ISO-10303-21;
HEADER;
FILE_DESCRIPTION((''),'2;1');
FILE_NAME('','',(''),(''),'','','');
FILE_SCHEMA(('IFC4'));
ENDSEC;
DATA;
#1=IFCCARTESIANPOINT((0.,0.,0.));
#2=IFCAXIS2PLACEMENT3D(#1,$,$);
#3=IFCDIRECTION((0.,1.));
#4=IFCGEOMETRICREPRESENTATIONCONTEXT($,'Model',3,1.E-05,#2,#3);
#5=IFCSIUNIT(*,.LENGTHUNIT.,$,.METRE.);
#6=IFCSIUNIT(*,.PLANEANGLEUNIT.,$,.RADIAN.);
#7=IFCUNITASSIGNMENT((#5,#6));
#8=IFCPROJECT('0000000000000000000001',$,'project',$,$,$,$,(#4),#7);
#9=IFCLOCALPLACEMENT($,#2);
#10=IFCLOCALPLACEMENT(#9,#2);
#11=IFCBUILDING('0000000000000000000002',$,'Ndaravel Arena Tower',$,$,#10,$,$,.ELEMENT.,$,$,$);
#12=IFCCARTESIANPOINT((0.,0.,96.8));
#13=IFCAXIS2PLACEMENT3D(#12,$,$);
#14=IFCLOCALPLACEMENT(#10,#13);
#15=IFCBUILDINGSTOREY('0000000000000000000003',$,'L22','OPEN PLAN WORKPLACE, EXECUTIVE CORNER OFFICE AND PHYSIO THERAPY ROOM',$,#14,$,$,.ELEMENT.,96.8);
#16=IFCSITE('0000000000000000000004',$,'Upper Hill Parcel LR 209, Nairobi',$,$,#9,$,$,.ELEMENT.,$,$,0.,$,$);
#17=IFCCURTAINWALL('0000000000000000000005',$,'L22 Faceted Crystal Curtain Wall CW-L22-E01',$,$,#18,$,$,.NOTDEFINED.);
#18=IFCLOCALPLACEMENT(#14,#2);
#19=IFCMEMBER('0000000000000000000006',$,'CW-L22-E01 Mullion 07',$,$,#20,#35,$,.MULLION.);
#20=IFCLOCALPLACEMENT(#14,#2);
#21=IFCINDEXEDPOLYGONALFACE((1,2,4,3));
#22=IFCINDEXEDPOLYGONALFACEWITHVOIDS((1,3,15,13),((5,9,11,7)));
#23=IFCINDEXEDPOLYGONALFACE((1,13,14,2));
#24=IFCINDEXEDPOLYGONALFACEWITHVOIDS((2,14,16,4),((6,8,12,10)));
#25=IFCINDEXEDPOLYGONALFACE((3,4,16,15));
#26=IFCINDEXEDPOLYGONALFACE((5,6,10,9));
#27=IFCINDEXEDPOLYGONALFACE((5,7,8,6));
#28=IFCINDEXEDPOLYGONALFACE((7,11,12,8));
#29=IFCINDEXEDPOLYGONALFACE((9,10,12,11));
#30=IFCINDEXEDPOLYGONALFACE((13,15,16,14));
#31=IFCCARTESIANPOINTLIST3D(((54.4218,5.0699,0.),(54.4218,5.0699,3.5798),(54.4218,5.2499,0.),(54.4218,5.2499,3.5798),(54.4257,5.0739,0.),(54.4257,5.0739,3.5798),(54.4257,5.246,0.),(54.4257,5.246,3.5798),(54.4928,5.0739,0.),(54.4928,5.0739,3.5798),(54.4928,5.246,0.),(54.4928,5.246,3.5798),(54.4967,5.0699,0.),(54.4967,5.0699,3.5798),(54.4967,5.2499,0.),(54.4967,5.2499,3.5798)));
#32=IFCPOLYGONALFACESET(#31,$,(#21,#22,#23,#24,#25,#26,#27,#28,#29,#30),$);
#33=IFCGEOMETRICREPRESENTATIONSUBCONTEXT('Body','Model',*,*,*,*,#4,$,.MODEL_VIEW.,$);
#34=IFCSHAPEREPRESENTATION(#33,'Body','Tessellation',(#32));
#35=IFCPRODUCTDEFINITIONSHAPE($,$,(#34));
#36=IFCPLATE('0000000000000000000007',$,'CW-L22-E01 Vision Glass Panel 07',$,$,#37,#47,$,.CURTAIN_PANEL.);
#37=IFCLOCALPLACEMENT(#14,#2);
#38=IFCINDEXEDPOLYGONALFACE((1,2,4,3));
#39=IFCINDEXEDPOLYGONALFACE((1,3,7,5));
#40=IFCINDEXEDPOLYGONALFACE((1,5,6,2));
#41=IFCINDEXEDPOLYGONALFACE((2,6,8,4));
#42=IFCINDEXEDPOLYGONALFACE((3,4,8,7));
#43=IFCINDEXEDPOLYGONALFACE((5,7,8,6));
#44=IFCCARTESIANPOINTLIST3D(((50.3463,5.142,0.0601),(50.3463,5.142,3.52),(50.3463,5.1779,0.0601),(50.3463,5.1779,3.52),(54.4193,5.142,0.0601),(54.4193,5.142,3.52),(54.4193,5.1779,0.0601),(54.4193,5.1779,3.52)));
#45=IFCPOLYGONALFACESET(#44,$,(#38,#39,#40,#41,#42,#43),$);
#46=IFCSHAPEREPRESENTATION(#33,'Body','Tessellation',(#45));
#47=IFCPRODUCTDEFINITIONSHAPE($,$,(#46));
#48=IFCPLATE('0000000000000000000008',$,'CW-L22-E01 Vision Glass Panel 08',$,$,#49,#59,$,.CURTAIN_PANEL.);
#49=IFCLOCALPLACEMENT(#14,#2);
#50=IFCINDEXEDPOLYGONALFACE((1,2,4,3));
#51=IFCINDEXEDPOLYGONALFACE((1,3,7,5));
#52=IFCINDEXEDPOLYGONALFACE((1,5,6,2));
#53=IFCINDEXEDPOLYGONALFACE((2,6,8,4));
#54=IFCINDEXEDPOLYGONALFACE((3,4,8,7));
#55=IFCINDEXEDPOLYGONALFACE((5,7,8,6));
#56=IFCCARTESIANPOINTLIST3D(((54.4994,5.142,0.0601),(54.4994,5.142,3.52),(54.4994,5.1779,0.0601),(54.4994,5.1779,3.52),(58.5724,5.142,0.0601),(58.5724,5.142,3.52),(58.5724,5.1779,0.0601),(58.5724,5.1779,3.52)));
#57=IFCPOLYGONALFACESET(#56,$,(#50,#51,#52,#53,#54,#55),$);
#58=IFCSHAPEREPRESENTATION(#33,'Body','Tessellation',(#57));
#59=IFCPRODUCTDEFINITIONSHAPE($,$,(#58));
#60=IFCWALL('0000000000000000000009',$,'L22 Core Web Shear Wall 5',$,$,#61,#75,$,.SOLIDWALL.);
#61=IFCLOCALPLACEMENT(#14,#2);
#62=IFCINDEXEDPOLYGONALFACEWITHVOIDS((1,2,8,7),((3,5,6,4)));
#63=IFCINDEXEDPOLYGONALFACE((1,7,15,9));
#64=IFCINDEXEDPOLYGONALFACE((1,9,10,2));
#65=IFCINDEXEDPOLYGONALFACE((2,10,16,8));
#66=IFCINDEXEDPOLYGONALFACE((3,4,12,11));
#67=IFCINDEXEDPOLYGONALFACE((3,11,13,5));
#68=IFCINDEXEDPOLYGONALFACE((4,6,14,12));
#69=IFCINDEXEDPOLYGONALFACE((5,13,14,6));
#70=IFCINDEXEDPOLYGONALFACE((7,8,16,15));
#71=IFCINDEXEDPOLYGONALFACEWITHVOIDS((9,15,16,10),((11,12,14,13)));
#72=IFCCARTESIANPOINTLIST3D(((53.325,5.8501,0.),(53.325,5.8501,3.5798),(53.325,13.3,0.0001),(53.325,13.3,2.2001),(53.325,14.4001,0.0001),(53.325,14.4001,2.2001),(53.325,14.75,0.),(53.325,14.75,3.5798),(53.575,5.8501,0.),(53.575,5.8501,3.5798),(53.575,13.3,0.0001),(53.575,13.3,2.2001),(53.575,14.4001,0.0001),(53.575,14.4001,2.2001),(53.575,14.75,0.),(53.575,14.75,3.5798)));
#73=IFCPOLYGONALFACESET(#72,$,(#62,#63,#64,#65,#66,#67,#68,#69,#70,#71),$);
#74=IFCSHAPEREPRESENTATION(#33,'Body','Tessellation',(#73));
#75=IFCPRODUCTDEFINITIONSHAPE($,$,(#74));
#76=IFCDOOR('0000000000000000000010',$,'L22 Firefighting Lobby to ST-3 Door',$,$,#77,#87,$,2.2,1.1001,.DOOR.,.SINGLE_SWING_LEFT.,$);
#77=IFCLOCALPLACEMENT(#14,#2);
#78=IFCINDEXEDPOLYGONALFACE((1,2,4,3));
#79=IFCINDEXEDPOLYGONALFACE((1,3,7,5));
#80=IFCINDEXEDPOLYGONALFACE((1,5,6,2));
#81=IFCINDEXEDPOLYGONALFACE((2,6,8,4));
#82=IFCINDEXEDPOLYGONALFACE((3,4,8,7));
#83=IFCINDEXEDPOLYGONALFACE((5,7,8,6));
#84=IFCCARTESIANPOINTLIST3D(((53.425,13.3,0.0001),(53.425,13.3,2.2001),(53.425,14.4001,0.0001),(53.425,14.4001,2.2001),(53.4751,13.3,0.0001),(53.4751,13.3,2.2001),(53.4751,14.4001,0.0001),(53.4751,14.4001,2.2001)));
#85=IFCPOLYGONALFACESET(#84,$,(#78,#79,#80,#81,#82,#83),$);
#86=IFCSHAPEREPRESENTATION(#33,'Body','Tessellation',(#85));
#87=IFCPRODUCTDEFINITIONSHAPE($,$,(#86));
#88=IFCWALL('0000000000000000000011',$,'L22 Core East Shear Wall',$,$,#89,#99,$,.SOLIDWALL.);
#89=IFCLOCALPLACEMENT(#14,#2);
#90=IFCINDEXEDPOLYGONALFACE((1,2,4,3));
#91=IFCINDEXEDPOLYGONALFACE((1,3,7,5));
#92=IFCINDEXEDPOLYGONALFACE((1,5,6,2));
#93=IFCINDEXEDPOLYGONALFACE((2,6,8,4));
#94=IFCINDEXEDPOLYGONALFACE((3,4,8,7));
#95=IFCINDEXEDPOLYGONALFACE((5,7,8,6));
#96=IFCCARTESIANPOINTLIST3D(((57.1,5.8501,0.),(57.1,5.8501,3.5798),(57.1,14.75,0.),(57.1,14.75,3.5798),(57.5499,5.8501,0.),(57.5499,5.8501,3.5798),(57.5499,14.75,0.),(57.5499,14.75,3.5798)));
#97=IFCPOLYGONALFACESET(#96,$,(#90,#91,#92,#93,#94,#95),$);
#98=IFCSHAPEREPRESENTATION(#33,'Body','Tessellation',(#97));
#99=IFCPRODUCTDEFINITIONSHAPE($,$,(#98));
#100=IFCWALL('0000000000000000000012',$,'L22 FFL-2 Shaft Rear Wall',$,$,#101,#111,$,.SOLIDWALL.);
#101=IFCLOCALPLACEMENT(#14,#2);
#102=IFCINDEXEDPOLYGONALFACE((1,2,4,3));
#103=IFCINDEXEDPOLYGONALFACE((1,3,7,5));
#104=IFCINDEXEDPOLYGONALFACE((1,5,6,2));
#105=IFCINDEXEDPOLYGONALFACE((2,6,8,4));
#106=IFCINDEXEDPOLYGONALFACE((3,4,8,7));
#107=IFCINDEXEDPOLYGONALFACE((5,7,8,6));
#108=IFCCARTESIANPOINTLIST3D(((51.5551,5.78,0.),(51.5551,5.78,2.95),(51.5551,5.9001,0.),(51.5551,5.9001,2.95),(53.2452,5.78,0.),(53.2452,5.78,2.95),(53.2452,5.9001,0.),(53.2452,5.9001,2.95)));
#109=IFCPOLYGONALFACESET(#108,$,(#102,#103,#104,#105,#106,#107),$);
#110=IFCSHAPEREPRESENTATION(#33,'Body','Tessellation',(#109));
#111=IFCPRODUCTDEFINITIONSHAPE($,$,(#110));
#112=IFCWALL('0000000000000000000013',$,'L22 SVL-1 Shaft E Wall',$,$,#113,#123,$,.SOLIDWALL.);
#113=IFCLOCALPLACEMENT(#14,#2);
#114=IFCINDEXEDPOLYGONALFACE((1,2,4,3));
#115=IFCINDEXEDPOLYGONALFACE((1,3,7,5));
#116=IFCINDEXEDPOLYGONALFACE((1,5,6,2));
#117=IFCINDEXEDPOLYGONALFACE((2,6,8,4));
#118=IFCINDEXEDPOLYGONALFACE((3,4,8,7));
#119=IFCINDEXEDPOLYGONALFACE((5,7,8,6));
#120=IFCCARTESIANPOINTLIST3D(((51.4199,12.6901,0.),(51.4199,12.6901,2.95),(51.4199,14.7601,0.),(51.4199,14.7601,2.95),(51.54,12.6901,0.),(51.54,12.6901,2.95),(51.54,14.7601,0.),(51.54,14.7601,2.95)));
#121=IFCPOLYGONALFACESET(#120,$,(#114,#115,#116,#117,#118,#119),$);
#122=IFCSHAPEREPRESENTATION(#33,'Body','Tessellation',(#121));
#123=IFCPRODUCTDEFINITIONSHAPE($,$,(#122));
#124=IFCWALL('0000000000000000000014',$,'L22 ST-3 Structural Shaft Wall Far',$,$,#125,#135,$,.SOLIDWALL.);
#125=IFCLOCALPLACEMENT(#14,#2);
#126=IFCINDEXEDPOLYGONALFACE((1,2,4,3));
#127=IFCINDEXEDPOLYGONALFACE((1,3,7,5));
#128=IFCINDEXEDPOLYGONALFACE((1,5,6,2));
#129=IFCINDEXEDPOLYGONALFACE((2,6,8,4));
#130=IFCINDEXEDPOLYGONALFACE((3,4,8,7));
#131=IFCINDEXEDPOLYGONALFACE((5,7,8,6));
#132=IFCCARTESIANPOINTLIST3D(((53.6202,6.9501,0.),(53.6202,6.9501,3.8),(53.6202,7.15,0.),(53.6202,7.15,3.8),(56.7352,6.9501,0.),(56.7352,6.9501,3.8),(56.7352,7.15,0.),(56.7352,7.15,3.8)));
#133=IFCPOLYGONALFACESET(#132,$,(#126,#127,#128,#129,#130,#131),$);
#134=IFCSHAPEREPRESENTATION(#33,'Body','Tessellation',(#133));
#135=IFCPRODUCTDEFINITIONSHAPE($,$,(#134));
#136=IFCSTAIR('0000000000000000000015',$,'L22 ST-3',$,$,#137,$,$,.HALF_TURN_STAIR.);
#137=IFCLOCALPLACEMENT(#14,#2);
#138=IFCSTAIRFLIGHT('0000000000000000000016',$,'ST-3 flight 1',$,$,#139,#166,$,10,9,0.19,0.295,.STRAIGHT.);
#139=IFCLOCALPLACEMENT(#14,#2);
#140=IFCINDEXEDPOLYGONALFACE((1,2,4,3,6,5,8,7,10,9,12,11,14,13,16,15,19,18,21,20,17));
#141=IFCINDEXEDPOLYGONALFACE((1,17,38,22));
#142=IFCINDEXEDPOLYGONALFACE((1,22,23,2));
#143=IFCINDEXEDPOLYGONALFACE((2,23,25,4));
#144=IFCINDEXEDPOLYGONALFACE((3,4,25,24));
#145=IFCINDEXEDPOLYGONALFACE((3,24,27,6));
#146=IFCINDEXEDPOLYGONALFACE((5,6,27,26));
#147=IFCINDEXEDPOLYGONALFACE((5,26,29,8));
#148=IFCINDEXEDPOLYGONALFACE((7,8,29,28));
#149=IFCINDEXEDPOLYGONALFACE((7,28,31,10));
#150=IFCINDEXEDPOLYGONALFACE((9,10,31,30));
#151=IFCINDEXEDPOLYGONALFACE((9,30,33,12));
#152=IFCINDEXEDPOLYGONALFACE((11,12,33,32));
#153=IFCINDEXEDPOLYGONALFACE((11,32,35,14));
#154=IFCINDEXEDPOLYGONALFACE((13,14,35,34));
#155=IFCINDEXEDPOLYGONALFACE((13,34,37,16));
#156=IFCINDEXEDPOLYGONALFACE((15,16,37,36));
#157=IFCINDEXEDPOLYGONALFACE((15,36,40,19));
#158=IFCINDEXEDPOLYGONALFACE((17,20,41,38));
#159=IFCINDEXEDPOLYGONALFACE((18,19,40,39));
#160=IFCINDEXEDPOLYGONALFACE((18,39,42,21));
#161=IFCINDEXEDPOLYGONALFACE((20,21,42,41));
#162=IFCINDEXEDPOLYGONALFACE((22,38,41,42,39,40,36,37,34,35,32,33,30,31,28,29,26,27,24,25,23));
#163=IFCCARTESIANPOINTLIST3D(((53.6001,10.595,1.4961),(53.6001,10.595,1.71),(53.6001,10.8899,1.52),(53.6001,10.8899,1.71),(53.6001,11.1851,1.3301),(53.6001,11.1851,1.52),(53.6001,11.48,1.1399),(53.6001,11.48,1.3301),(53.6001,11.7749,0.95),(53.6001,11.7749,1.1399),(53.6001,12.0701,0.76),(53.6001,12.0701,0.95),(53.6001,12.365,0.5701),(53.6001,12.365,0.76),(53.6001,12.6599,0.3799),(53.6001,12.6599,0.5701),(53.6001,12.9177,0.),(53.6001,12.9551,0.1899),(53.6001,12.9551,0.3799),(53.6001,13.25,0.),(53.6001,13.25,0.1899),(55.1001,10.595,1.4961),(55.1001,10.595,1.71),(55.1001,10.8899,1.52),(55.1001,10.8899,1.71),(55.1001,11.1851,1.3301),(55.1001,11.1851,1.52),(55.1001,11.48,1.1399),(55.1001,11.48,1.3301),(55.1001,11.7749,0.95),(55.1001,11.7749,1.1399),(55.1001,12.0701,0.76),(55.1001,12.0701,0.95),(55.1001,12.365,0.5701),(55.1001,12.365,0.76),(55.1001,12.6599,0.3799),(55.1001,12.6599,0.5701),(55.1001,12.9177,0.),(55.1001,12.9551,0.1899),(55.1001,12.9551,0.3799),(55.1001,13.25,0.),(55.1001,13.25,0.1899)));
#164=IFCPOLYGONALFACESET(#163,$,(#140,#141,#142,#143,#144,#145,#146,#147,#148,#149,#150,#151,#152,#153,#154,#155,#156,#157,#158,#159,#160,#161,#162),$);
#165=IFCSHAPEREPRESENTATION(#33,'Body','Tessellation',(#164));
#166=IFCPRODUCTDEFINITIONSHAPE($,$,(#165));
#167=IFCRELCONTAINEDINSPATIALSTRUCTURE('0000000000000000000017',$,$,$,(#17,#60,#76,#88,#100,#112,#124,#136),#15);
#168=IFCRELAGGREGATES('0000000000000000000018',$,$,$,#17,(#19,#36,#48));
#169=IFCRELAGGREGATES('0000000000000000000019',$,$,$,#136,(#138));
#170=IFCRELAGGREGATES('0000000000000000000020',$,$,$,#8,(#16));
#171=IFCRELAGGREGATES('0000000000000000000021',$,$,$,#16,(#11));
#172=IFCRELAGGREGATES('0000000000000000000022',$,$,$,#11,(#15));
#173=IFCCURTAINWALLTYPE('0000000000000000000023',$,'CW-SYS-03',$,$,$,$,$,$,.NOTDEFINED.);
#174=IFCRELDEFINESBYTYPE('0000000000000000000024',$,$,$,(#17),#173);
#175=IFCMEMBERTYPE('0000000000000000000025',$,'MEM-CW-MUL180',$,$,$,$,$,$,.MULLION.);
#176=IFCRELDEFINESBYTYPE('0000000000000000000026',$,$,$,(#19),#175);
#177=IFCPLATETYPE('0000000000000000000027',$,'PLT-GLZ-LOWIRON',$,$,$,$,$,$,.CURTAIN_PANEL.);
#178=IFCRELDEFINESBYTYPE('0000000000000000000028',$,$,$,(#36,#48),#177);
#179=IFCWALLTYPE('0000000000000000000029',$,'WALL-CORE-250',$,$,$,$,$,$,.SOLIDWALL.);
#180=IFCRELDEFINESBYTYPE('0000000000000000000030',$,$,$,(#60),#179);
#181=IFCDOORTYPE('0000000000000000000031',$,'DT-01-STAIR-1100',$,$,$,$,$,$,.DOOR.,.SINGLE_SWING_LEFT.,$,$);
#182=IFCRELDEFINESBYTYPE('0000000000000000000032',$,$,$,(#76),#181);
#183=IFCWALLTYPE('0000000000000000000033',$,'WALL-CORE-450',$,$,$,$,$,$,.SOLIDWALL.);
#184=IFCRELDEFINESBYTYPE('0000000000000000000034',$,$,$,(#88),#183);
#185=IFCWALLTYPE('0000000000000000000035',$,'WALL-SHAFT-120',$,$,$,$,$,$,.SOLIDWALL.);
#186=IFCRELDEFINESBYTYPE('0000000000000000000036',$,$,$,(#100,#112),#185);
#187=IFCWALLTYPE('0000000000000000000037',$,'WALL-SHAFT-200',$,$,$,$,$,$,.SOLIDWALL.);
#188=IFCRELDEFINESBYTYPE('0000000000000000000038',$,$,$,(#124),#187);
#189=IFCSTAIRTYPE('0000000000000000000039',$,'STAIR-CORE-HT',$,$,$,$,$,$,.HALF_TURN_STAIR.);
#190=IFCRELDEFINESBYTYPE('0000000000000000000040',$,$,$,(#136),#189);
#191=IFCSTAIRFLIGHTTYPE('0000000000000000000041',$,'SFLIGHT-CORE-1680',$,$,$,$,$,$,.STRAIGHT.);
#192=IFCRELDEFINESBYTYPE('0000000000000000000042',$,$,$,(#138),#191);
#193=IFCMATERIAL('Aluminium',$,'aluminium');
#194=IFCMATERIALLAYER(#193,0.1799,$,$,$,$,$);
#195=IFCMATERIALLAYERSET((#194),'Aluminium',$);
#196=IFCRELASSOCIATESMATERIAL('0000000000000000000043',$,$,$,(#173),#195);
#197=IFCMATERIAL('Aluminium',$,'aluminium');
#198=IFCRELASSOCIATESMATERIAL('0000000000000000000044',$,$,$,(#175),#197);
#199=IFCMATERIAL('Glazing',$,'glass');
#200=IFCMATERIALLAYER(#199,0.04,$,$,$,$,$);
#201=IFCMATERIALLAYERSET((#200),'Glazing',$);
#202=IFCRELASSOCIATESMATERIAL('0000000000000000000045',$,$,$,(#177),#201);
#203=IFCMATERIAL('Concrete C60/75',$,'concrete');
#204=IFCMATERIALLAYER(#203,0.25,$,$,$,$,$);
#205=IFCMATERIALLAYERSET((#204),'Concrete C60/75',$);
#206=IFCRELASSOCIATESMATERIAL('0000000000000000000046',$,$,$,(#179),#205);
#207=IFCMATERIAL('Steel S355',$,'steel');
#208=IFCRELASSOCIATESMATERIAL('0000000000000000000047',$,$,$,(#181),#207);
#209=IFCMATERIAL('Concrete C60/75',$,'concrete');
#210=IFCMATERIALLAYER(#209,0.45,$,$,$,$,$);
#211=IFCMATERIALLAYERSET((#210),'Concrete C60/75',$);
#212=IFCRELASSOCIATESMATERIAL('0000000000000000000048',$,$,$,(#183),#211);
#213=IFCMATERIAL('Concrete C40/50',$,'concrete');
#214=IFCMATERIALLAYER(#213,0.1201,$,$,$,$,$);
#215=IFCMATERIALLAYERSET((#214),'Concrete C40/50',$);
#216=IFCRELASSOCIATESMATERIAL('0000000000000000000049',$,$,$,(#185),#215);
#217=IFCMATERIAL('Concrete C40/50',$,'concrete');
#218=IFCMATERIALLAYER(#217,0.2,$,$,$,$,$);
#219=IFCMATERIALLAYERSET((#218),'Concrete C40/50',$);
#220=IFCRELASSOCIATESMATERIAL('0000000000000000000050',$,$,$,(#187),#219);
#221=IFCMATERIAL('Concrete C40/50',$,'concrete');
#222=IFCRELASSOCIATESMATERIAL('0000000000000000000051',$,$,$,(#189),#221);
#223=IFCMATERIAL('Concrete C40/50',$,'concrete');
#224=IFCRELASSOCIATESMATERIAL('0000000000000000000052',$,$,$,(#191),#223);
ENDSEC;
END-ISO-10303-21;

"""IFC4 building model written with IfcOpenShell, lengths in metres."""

from ifc_helpers import new_model, si_unit, direction, frame, frame_2d, origin, origin_2d, place, context, subcontext, project, spatial, polyline, rectangle, hollow_rectangle, outline, extrude, material, layer, layer_set, material_profile, profile_set, type_object, element, fill, aggregate, save


model = new_model("IFC4")

# Units and contexts
model_context = context("Model", 3, precision=1e-05, world=origin(), true_north=direction((0.0, 1.0)))
body_context = subcontext(model_context, "Body", "Model", "MODEL_VIEW")
ifc_project = project(units=[si_unit("LENGTHUNIT", "METRE"), si_unit("PLANEANGLEUNIT", "RADIAN")], contexts=[model_context])

# Site, building, storey
site_placement = place(None, origin())
site = spatial("IfcSite", under=ifc_project, at=site_placement, Name="Upper Hill Parcel LR 209, Nairobi", CompositionType="ELEMENT", RefElevation=0.0)
building_placement = place(site_placement, origin())
building = spatial("IfcBuilding", under=site, at=building_placement, Name="Ndaravel Arena Tower", CompositionType="ELEMENT")
storey_placement = place(building_placement, frame((0.0, 0.0, 96.8)))
storey = spatial("IfcBuildingStorey", under=building, at=storey_placement, Name="L22", Description="OPEN PLAN WORKPLACE, EXECUTIVE CORNER OFFICE AND PHYSIO THERAPY ROOM", CompositionType="ELEMENT", Elevation=96.8)

# Curtain wall, member, plates
ifc_material_1 = material(Name="Aluminium", Category="aluminium")
ifc_layer_1 = layer(ifc_material_1, 0.1799)
ifc_layer_set_1 = layer_set([ifc_layer_1], Name="Aluminium")
curtain_wall_type = type_object("IfcCurtainWallType", Name="CW-SYS-03", PredefinedType="NOTDEFINED", material=ifc_layer_set_1)
curtain_wall_placement = place(storey_placement, origin())
curtain_wall = element("IfcCurtainWall", 1, at=curtain_wall_placement, inside=storey, type_object=curtain_wall_type, Name="L22 Faceted Crystal Curtain Wall CW-L22-E01", PredefinedType="NOTDEFINED")
ifc_material_2 = material(Name="Aluminium", Category="aluminium")
ifc_material_profile = material_profile(ifc_material_2, hollow_rectangle(XDim=0.075, YDim=0.1799, WallThickness=0.0039, at=origin_2d()), Name="CW MULLION 75x180x4")
ifc_profile_set = profile_set([ifc_material_profile], Name="Aluminium")
member_type = type_object("IfcMemberType", Name="MEM-CW-MUL180", PredefinedType="MULLION", material=ifc_profile_set)
member_placement = place(storey_placement, frame((54.4592, 5.1599, 0.0), z_axis=(0.0, 0.0, 1.0), x_axis=(1.0, 0.0, 0.0)))
member = element("IfcMember", 2, at=member_placement, type_object=member_type, Name="CW-L22-E01 Mullion 07", PredefinedType="MULLION", context=body_context, shape_type="SweptSolid", body=[
    extrude(hollow_rectangle(XDim=0.075, YDim=0.1799, WallThickness=0.0039, at=origin_2d()), origin(), (0.0, 0.0, 1.0), 3.5798),
])
ifc_material_3 = material(Name="Glazing", Category="glass")
ifc_layer_2 = layer(ifc_material_3, 0.04)
ifc_layer_set_2 = layer_set([ifc_layer_2], Name="Glazing")
plate_type = type_object("IfcPlateType", Name="PLT-GLZ-LOWIRON", PredefinedType="CURTAIN_PANEL", material=ifc_layer_set_2)
plate_1_placement = place(storey_placement, frame((52.3828, 5.1599, 0.0601), z_axis=(0.0, 0.0, 1.0), x_axis=(1.0, 0.0, 0.0)))
plate_1 = element("IfcPlate", 3, at=plate_1_placement, type_object=plate_type, Name="CW-L22-E01 Vision Glass Panel 07", PredefinedType="CURTAIN_PANEL", context=body_context, shape_type="SweptSolid", body=[
    extrude(rectangle(XDim=4.073, YDim=0.0359, at=origin_2d()), origin(), (0.0, 0.0, 1.0), 3.46),
])
plate_2_placement = place(storey_placement, frame((56.5359, 5.1599, 0.0601), z_axis=(0.0, 0.0, 1.0), x_axis=(1.0, 0.0, 0.0)))
plate_2 = element("IfcPlate", 4, at=plate_2_placement, type_object=plate_type, Name="CW-L22-E01 Vision Glass Panel 08", PredefinedType="CURTAIN_PANEL", context=body_context, shape_type="SweptSolid", body=[
    extrude(rectangle(XDim=4.073, YDim=0.0359, at=origin_2d()), origin(), (0.0, 0.0, 1.0), 3.46),
])
aggregate(curtain_wall, [member, plate_1, plate_2])

# Wall, opening, door
ifc_material_4 = material(Name="Concrete C60/75", Category="concrete")
ifc_layer_3 = layer(ifc_material_4, 0.25)
ifc_layer_set_3 = layer_set([ifc_layer_3], Name="Concrete C60/75")
wall_type_1 = type_object("IfcWallType", Name="WALL-CORE-250", PredefinedType="SOLIDWALL", material=ifc_layer_set_3)
wall_1_placement = place(storey_placement, frame((53.45, 5.8501, 0.0), z_axis=(0.0, 0.0, 1.0), x_axis=(0.0, 1.0, 0.0)))
wall_1 = element("IfcWall", 5, at=wall_1_placement, inside=storey, type_object=wall_type_1, Name="L22 Core Web Shear Wall 5", PredefinedType="SOLIDWALL", context=body_context, shape_type="SweptSolid", body=[
    extrude(rectangle(XDim=8.8999, YDim=0.25, at=frame_2d((4.45, 0.0))), origin(), (0.0, 0.0, 1.0), 3.5798),
])
opening_1_placement = place(wall_1_placement, frame((7.45, 0.0, 0.0)))
opening_1 = element("IfcOpeningElement", 6, at=opening_1_placement, cuts=wall_1, PredefinedType="OPENING", context=body_context, shape_type="SweptSolid", body=[
    extrude(rectangle(XDim=1.1001, YDim=2.2, at=frame_2d((0.55, 1.1001))), frame((0.0, 0.125, 0.0), z_axis=(0.0, -1.0, 0.0), x_axis=(1.0, 0.0, 0.0)), (0.0, 0.0, 1.0), 0.25),
])
ifc_material_5 = material(Name="Steel S355", Category="steel")
door_type_1 = type_object("IfcDoorType", Name="DT-01-STAIR-1100", OperationType="SINGLE_SWING_LEFT", PredefinedType="DOOR", material=ifc_material_5)
door_1_placement = place(opening_1_placement, origin())
door_1 = element("IfcDoor", 7, at=door_1_placement, inside=storey, type_object=door_type_1, Name="L22 Firefighting Lobby to ST-3 Door", OperationType="SINGLE_SWING_LEFT", OverallHeight=2.2, OverallWidth=1.1001, PredefinedType="DOOR", context=body_context, shape_type="SweptSolid", body=[
    extrude(rectangle(XDim=1.1001, YDim=2.2, at=frame_2d((0.55, 1.1001))), frame((0.0, 0.0249, 0.0), z_axis=(0.0, -1.0, 0.0), x_axis=(1.0, 0.0, 0.0)), (0.0, 0.0, 1.0), 0.05),
])
fill(opening_1, door_1)

# Walls
ifc_material_6 = material(Name="Concrete C60/75", Category="concrete")
ifc_layer_4 = layer(ifc_material_6, 0.45)
ifc_layer_set_4 = layer_set([ifc_layer_4], Name="Concrete C60/75")
wall_type_2 = type_object("IfcWallType", Name="WALL-CORE-450", PredefinedType="SOLIDWALL", material=ifc_layer_set_4)
wall_2_placement = place(storey_placement, frame((57.325, 5.8501, 0.0), z_axis=(0.0, 0.0, 1.0), x_axis=(0.0, 1.0, 0.0)))
element("IfcWall", 8, at=wall_2_placement, inside=storey, type_object=wall_type_2, Name="L22 Core East Shear Wall", PredefinedType="SOLIDWALL", context=body_context, shape_type="SweptSolid", body=[
    extrude(rectangle(XDim=8.8999, YDim=0.45, at=frame_2d((4.45, 0.0))), origin(), (0.0, 0.0, 1.0), 3.5798),
])
ifc_material_7 = material(Name="Concrete C40/50", Category="concrete")
ifc_layer_5 = layer(ifc_material_7, 0.1201)
ifc_layer_set_5 = layer_set([ifc_layer_5], Name="Concrete C40/50")
wall_type_3 = type_object("IfcWallType", Name="WALL-SHAFT-120", PredefinedType="SOLIDWALL", material=ifc_layer_set_5)
wall_3_placement = place(storey_placement, frame((51.5549, 5.8401, 0.0), z_axis=(0.0, 0.0, 1.0), x_axis=(1.0, 0.0, 0.0)))
element("IfcWall", 9, at=wall_3_placement, inside=storey, type_object=wall_type_3, Name="L22 FFL-2 Shaft Rear Wall", PredefinedType="SOLIDWALL", context=body_context, shape_type="SweptSolid", body=[
    extrude(rectangle(XDim=1.6902, YDim=0.1201, at=frame_2d((0.8452, 0.0))), origin(), (0.0, 0.0, 1.0), 2.95),
])
wall_4_placement = place(storey_placement, frame((51.48, 12.6899, 0.0), z_axis=(0.0, 0.0, 1.0), x_axis=(0.0, 1.0, 0.0)))
element("IfcWall", 10, at=wall_4_placement, inside=storey, type_object=wall_type_3, Name="L22 SVL-1 Shaft E Wall", PredefinedType="SOLIDWALL", context=body_context, shape_type="SweptSolid", body=[
    extrude(rectangle(XDim=2.0701, YDim=0.1201, at=frame_2d((1.0352, 0.0))), origin(), (0.0, 0.0, 1.0), 2.95),
])
ifc_material_8 = material(Name="Concrete C40/50", Category="concrete")
ifc_layer_6 = layer(ifc_material_8, 0.2)
ifc_layer_set_6 = layer_set([ifc_layer_6], Name="Concrete C40/50")
wall_type_4 = type_object("IfcWallType", Name="WALL-SHAFT-200", PredefinedType="SOLIDWALL", material=ifc_layer_set_6)
wall_5_placement = place(storey_placement, frame((53.6201, 7.05, 0.0), z_axis=(0.0, 0.0, 1.0), x_axis=(1.0, 0.0, 0.0)))
element("IfcWall", 11, at=wall_5_placement, inside=storey, type_object=wall_type_4, Name="L22 ST-3 Structural Shaft Wall Far", PredefinedType="SOLIDWALL", context=body_context, shape_type="SweptSolid", body=[
    extrude(rectangle(XDim=3.115, YDim=0.2, at=frame_2d((1.5576, 0.0))), origin(), (0.0, 0.0, 1.0), 3.8),
])

# Stair, stair flight
ifc_material_9 = material(Name="Concrete C40/50", Category="concrete")
stair_type = type_object("IfcStairType", Name="STAIR-CORE-HT", PredefinedType="HALF_TURN_STAIR", material=ifc_material_9)
stair_placement = place(storey_placement, origin())
stair = element("IfcStair", 12, at=stair_placement, inside=storey, type_object=stair_type, Name="L22 ST-3", PredefinedType="HALF_TURN_STAIR")
ifc_material_10 = material(Name="Concrete C40/50", Category="concrete")
stair_flight_type = type_object("IfcStairFlightType", Name="SFLIGHT-CORE-1680", PredefinedType="STRAIGHT", material=ifc_material_10)
stair_flight_1_placement = place(storey_placement, frame((54.3501, 13.25, 0.0), z_axis=(0.0, 0.0, 1.0), x_axis=(0.0, -1.0, 0.0)))
stair_flight_1 = element("IfcStairFlight", 13, at=stair_flight_1_placement, type_object=stair_flight_type, Name="ST-3 flight 1", NumberOfRisers=10, NumberOfTreads=9, PredefinedType="STRAIGHT", RiserHeight=0.19, TreadLength=0.295, context=body_context, shape_type="SweptSolid", body=[
    extrude(outline(polyline([(0.0, 0.0), (0.0, 0.1899), (0.2949, 0.1899), (0.2949, 0.3799), (0.5901, 0.3799), (0.5901, 0.5701), (0.885, 0.5701), (0.885, 0.76), (1.1799, 0.76), (1.1799, 0.95), (1.4751, 0.95), (1.4751, 1.1399), (1.77, 1.1399), (1.77, 1.3301), (2.0649, 1.3301), (2.0649, 1.52), (2.3601, 1.52), (2.3601, 1.71), (2.655, 1.71), (2.655, 1.8999), (2.655, 1.4961), (0.3323, 0.0), (0.0, 0.0)])), frame((0.0, 0.75, 0.0), z_axis=(0.0, -1.0, 0.0), x_axis=(1.0, 0.0, 0.0)), (0.0, 0.0, 1.0), 1.5),
])
aggregate(stair, [stair_flight_1])

save(model, "model.ifc")
